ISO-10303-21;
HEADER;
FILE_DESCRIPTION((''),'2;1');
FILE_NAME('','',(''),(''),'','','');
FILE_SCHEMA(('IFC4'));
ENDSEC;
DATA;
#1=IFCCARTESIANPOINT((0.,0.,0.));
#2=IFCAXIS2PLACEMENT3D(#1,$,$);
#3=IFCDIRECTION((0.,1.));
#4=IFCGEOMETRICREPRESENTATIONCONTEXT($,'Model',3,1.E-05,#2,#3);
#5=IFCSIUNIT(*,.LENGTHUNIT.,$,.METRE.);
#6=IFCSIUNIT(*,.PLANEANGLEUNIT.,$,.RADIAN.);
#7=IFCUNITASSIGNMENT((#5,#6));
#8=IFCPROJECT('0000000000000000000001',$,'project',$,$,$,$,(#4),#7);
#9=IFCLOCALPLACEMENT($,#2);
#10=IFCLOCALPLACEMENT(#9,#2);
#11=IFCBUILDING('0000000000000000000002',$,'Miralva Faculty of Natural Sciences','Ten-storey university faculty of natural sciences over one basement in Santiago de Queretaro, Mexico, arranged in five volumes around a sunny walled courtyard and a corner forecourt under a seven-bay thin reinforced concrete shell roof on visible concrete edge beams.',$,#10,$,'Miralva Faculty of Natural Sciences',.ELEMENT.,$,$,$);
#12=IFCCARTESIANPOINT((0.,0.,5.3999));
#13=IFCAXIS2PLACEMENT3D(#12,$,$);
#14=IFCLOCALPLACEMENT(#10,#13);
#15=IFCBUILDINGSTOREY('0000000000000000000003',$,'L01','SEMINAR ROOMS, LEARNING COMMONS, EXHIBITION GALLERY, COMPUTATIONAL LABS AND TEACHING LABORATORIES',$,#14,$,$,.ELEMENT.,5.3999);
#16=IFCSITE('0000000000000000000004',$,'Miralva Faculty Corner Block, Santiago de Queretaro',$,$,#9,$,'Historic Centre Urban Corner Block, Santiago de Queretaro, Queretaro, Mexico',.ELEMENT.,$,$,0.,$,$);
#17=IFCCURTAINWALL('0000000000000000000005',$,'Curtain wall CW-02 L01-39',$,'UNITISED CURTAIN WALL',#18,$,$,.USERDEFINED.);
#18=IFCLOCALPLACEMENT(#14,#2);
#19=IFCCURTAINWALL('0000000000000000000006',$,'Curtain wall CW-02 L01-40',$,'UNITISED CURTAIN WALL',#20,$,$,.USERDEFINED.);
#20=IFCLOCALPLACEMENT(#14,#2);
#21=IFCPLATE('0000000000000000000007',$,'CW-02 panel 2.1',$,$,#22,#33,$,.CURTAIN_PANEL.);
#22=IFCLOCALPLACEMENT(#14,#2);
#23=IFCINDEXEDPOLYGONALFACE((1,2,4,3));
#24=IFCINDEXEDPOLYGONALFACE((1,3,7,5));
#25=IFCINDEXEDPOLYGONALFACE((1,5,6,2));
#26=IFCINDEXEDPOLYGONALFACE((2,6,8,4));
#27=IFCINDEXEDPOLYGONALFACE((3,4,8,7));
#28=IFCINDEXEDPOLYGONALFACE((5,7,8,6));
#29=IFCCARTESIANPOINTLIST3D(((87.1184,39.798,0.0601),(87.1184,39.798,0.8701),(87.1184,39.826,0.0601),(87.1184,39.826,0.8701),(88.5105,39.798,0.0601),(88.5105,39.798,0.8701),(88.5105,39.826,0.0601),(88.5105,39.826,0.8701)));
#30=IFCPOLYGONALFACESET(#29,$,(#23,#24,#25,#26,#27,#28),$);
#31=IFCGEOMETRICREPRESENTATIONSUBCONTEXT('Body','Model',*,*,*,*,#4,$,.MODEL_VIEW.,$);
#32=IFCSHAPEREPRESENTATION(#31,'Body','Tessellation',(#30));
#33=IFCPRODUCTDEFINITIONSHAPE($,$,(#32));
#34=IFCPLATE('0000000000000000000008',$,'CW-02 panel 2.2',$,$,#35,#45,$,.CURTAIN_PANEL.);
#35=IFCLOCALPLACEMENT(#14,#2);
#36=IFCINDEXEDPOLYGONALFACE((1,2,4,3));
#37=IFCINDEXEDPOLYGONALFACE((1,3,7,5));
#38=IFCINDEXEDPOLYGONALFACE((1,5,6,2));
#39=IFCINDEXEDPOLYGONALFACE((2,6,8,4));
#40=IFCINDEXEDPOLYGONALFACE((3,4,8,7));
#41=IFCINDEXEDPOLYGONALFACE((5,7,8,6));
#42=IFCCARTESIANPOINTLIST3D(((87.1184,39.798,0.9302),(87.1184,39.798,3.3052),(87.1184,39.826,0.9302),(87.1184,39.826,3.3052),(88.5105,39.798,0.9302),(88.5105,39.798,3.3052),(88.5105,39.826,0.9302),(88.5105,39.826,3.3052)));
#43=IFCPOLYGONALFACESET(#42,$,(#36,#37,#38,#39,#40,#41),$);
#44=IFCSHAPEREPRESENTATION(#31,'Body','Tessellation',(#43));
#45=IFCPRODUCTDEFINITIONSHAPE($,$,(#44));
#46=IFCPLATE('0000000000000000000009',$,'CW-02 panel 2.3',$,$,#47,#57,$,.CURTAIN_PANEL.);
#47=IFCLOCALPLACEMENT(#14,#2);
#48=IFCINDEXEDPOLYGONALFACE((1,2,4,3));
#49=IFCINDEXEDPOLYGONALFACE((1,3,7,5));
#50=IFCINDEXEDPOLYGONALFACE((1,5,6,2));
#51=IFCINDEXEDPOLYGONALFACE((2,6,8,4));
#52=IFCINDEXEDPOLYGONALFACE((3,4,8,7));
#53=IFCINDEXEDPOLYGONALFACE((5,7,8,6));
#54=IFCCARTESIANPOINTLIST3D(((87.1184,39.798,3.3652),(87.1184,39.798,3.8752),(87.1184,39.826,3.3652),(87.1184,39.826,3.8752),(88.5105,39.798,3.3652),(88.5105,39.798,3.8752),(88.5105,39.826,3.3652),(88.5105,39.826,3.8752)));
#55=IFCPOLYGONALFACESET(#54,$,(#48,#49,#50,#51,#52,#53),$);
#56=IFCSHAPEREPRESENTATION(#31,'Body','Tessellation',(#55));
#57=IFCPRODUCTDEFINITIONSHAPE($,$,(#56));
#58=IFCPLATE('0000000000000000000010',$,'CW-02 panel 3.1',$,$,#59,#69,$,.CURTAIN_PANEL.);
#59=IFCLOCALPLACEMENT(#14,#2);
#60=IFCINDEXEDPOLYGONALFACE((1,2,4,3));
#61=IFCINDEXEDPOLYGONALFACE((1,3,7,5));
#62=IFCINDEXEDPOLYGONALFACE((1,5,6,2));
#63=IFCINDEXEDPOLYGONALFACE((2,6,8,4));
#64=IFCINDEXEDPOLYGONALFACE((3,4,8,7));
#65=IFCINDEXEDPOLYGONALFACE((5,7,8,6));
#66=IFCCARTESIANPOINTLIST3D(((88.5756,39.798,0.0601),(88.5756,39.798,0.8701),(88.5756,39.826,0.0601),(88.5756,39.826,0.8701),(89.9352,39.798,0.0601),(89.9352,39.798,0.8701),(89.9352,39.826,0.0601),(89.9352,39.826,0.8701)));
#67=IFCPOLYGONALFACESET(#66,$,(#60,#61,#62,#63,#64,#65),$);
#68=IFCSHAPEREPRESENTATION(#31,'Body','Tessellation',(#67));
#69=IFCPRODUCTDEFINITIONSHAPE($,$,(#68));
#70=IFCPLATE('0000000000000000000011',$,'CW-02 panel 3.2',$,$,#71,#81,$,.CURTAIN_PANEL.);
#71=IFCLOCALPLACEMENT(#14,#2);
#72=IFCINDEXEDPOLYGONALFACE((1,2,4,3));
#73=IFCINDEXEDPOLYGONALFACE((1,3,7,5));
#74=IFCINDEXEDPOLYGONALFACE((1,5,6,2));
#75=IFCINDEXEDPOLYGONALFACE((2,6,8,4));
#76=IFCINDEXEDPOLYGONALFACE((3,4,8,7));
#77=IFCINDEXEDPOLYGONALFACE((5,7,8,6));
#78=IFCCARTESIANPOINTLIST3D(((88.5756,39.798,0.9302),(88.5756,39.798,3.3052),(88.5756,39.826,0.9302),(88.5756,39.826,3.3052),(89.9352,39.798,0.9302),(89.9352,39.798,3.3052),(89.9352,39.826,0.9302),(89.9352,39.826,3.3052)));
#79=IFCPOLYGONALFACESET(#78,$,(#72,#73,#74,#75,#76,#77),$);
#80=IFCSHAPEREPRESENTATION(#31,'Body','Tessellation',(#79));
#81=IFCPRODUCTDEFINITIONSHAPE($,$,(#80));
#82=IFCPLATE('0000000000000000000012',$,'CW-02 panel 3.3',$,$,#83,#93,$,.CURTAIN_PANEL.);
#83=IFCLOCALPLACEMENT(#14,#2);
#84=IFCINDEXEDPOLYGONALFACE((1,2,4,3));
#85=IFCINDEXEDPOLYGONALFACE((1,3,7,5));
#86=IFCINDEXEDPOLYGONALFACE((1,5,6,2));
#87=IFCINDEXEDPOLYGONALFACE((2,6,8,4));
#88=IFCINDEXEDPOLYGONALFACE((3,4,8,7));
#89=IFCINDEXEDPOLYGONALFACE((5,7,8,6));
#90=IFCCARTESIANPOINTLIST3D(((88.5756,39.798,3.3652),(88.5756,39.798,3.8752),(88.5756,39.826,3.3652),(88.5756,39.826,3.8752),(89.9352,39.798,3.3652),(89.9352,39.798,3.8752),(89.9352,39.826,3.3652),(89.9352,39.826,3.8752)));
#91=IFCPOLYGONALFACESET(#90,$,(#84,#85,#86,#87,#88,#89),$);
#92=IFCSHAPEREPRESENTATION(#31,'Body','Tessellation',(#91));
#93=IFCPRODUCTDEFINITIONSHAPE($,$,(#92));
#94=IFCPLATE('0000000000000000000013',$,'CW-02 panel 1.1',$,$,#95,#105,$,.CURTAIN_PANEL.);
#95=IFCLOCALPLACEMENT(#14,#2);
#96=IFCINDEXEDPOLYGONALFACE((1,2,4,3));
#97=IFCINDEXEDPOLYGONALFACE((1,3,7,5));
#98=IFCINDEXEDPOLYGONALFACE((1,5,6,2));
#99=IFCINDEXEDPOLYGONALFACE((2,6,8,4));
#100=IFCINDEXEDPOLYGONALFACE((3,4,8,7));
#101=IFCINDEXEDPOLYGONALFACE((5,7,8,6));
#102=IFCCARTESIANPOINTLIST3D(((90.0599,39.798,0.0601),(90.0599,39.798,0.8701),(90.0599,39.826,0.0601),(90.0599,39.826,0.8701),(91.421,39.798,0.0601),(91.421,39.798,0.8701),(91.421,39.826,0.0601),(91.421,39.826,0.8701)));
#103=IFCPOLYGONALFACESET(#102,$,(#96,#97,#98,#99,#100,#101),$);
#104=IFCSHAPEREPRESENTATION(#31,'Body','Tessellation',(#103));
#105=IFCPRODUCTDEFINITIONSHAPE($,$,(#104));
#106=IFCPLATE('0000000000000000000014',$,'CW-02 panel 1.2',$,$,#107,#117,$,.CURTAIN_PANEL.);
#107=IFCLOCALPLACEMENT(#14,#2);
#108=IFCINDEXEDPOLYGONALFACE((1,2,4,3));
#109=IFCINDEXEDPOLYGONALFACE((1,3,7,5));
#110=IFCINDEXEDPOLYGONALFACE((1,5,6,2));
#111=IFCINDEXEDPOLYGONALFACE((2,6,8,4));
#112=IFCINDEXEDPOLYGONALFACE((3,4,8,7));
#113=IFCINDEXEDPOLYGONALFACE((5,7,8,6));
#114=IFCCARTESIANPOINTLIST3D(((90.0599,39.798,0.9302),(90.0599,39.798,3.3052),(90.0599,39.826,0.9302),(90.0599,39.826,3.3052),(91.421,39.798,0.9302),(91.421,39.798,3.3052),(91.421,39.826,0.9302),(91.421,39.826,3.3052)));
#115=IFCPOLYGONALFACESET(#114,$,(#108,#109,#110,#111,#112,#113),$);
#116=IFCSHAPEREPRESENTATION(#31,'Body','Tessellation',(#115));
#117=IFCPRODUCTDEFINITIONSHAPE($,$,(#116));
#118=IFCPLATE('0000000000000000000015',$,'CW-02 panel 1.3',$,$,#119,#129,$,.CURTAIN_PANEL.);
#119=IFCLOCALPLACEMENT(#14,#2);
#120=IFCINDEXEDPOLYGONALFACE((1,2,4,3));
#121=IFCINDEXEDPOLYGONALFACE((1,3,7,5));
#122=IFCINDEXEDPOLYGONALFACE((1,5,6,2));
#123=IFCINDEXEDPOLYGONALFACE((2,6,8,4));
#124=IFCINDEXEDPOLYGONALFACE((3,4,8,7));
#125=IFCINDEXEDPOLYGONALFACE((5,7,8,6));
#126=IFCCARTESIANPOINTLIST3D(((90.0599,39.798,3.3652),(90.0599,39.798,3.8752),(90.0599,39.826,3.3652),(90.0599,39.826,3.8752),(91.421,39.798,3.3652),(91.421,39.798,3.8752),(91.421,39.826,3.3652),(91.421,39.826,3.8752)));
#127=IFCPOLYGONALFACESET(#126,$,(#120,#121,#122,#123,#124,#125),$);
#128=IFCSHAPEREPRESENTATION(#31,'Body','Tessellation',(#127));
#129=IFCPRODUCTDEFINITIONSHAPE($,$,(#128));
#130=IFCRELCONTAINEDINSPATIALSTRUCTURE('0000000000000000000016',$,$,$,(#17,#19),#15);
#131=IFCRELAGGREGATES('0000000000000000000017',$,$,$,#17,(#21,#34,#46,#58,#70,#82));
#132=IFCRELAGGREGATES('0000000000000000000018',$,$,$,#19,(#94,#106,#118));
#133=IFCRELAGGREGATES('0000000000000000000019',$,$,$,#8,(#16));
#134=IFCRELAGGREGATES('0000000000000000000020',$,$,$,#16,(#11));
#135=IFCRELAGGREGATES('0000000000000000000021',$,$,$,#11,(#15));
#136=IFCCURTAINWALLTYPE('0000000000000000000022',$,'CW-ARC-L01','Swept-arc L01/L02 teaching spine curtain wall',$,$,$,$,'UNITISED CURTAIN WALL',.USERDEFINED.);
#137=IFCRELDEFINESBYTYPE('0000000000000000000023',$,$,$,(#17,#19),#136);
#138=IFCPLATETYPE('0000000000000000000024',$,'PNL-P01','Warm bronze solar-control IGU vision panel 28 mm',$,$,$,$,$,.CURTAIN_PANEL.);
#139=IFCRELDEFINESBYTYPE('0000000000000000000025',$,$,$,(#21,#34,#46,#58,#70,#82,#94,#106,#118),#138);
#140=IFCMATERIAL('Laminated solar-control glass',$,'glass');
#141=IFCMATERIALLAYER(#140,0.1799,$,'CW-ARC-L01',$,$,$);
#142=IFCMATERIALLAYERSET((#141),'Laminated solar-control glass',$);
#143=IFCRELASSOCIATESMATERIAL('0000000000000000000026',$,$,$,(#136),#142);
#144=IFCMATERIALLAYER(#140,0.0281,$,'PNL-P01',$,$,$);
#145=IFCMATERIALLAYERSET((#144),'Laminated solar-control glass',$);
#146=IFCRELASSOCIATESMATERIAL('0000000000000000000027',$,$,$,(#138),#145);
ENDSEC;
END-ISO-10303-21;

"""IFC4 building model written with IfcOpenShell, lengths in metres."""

from ifc_helpers import new_model, si_unit, direction, frame, origin, origin_2d, place, context, subcontext, project, spatial, rectangle, extrude, material, layer, layer_set, type_object, element, aggregate, save


model = new_model("IFC4")

# Units and contexts
model_context = context("Model", 3, precision=1e-05, world=origin(), true_north=direction((0.0, 1.0)))
body_context = subcontext(model_context, "Body", "Model", "MODEL_VIEW")
ifc_project = project(units=[si_unit("LENGTHUNIT", "METRE"), si_unit("PLANEANGLEUNIT", "RADIAN")], contexts=[model_context])

# Site, building, storey
site_placement = place(None, origin())
site = spatial("IfcSite", under=ifc_project, at=site_placement, Name="Miralva Faculty Corner Block, Santiago de Queretaro", LongName="Historic Centre Urban Corner Block, Santiago de Queretaro, Queretaro, Mexico", CompositionType="ELEMENT", RefElevation=0.0)
building_placement = place(site_placement, origin())
building = spatial("IfcBuilding", under=site, at=building_placement, Name="Miralva Faculty of Natural Sciences", Description="Ten-storey university faculty of natural sciences over one basement in Santiago de Queretaro, Mexico, arranged in five volumes around a sunny walled courtyard and a corner forecourt under a seven-bay thin reinforced concrete shell roof on visible concrete edge beams.", LongName="Miralva Faculty of Natural Sciences", CompositionType="ELEMENT")
storey_placement = place(building_placement, frame((0.0, 0.0, 5.3999)))
storey = spatial("IfcBuildingStorey", under=building, at=storey_placement, Name="L01", Description="SEMINAR ROOMS, LEARNING COMMONS, EXHIBITION GALLERY, COMPUTATIONAL LABS AND TEACHING LABORATORIES", CompositionType="ELEMENT", Elevation=5.3999)

# Shared definitions
ifc_material_1 = material(Name="Laminated solar-control glass", Category="glass")
ifc_layer_1 = layer(ifc_material_1, 0.1799, Name="CW-ARC-L01")
ifc_layer_set_1 = layer_set([ifc_layer_1], Name="Laminated solar-control glass")
curtain_wall_type = type_object("IfcCurtainWallType", Name="CW-ARC-L01", Description="Swept-arc L01/L02 teaching spine curtain wall", ElementType="UNITISED CURTAIN WALL", PredefinedType="USERDEFINED", material=ifc_layer_set_1)

# Curtain wall
curtain_wall_1_placement = place(storey_placement, origin())
curtain_wall_1 = element("IfcCurtainWall", 1, at=curtain_wall_1_placement, inside=storey, type_object=curtain_wall_type, Name="Curtain wall CW-02 L01-39", ObjectType="UNITISED CURTAIN WALL", PredefinedType="USERDEFINED")

# Curtain wall
curtain_wall_2_placement = place(storey_placement, origin())
curtain_wall_2 = element("IfcCurtainWall", 2, at=curtain_wall_2_placement, inside=storey, type_object=curtain_wall_type, Name="Curtain wall CW-02 L01-40", ObjectType="UNITISED CURTAIN WALL", PredefinedType="USERDEFINED")

# Plates
ifc_layer_2 = layer(ifc_material_1, 0.0281, Name="PNL-P01")
ifc_layer_set_2 = layer_set([ifc_layer_2], Name="Laminated solar-control glass")
plate_type = type_object("IfcPlateType", Name="PNL-P01", Description="Warm bronze solar-control IGU vision panel 28 mm", PredefinedType="CURTAIN_PANEL", material=ifc_layer_set_2)
plate_1_placement = place(storey_placement, frame((87.8145, 39.812, 0.0601), z_axis=(0.0, 0.0, 1.0), x_axis=(1.0, 0.0, 0.0)))
plate_1 = element("IfcPlate", 3, at=plate_1_placement, type_object=plate_type, Name="CW-02 panel 2.1", PredefinedType="CURTAIN_PANEL", context=body_context, shape_type="SweptSolid", body=[
    extrude(rectangle(XDim=1.3921, YDim=0.0281, at=origin_2d()), origin(), (0.0, 0.0, 1.0), 0.8101),
])
plate_2_placement = place(storey_placement, frame((87.8145, 39.812, 0.9302), z_axis=(0.0, 0.0, 1.0), x_axis=(1.0, 0.0, 0.0)))
plate_2 = element("IfcPlate", 4, at=plate_2_placement, type_object=plate_type, Name="CW-02 panel 2.2", PredefinedType="CURTAIN_PANEL", context=body_context, shape_type="SweptSolid", body=[
    extrude(rectangle(XDim=1.3921, YDim=0.0281, at=origin_2d()), origin(), (0.0, 0.0, 1.0), 2.375),
])
plate_3_placement = place(storey_placement, frame((87.8145, 39.812, 3.3652), z_axis=(0.0, 0.0, 1.0), x_axis=(1.0, 0.0, 0.0)))
plate_3 = element("IfcPlate", 5, at=plate_3_placement, type_object=plate_type, Name="CW-02 panel 2.3", PredefinedType="CURTAIN_PANEL", context=body_context, shape_type="SweptSolid", body=[
    extrude(rectangle(XDim=1.3921, YDim=0.0281, at=origin_2d()), origin(), (0.0, 0.0, 1.0), 0.51),
])
plate_4_placement = place(storey_placement, frame((89.2554, 39.812, 0.0601), z_axis=(0.0, 0.0, 1.0), x_axis=(1.0, 0.0, 0.0)))
plate_4 = element("IfcPlate", 6, at=plate_4_placement, type_object=plate_type, Name="CW-02 panel 3.1", PredefinedType="CURTAIN_PANEL", context=body_context, shape_type="SweptSolid", body=[
    extrude(rectangle(XDim=1.3596, YDim=0.0281, at=origin_2d()), origin(), (0.0, 0.0, 1.0), 0.8101),
])
plate_5_placement = place(storey_placement, frame((89.2554, 39.812, 0.9302), z_axis=(0.0, 0.0, 1.0), x_axis=(1.0, 0.0, 0.0)))
plate_5 = element("IfcPlate", 7, at=plate_5_placement, type_object=plate_type, Name="CW-02 panel 3.2", PredefinedType="CURTAIN_PANEL", context=body_context, shape_type="SweptSolid", body=[
    extrude(rectangle(XDim=1.3596, YDim=0.0281, at=origin_2d()), origin(), (0.0, 0.0, 1.0), 2.375),
])
plate_6_placement = place(storey_placement, frame((89.2554, 39.812, 3.3652), z_axis=(0.0, 0.0, 1.0), x_axis=(1.0, 0.0, 0.0)))
plate_6 = element("IfcPlate", 8, at=plate_6_placement, type_object=plate_type, Name="CW-02 panel 3.3", PredefinedType="CURTAIN_PANEL", context=body_context, shape_type="SweptSolid", body=[
    extrude(rectangle(XDim=1.3596, YDim=0.0281, at=origin_2d()), origin(), (0.0, 0.0, 1.0), 0.51),
])
aggregate(curtain_wall_1, [plate_1, plate_2, plate_3, plate_4, plate_5, plate_6])
plate_7_placement = place(storey_placement, frame((90.7405, 39.812, 0.0601), z_axis=(0.0, 0.0, 1.0), x_axis=(1.0, 0.0, 0.0)))
plate_7 = element("IfcPlate", 9, at=plate_7_placement, type_object=plate_type, Name="CW-02 panel 1.1", PredefinedType="CURTAIN_PANEL", context=body_context, shape_type="SweptSolid", body=[
    extrude(rectangle(XDim=1.3611, YDim=0.0281, at=origin_2d()), origin(), (0.0, 0.0, 1.0), 0.8101),
])
plate_8_placement = place(storey_placement, frame((90.7405, 39.812, 0.9302), z_axis=(0.0, 0.0, 1.0), x_axis=(1.0, 0.0, 0.0)))
plate_8 = element("IfcPlate", 10, at=plate_8_placement, type_object=plate_type, Name="CW-02 panel 1.2", PredefinedType="CURTAIN_PANEL", context=body_context, shape_type="SweptSolid", body=[
    extrude(rectangle(XDim=1.3611, YDim=0.0281, at=origin_2d()), origin(), (0.0, 0.0, 1.0), 2.375),
])
plate_9_placement = place(storey_placement, frame((90.7405, 39.812, 3.3652), z_axis=(0.0, 0.0, 1.0), x_axis=(1.0, 0.0, 0.0)))
plate_9 = element("IfcPlate", 11, at=plate_9_placement, type_object=plate_type, Name="CW-02 panel 1.3", PredefinedType="CURTAIN_PANEL", context=body_context, shape_type="SweptSolid", body=[
    extrude(rectangle(XDim=1.3611, YDim=0.0281, at=origin_2d()), origin(), (0.0, 0.0, 1.0), 0.51),
])
aggregate(curtain_wall_2, [plate_7, plate_8, plate_9])

save(model, "model.ifc")
